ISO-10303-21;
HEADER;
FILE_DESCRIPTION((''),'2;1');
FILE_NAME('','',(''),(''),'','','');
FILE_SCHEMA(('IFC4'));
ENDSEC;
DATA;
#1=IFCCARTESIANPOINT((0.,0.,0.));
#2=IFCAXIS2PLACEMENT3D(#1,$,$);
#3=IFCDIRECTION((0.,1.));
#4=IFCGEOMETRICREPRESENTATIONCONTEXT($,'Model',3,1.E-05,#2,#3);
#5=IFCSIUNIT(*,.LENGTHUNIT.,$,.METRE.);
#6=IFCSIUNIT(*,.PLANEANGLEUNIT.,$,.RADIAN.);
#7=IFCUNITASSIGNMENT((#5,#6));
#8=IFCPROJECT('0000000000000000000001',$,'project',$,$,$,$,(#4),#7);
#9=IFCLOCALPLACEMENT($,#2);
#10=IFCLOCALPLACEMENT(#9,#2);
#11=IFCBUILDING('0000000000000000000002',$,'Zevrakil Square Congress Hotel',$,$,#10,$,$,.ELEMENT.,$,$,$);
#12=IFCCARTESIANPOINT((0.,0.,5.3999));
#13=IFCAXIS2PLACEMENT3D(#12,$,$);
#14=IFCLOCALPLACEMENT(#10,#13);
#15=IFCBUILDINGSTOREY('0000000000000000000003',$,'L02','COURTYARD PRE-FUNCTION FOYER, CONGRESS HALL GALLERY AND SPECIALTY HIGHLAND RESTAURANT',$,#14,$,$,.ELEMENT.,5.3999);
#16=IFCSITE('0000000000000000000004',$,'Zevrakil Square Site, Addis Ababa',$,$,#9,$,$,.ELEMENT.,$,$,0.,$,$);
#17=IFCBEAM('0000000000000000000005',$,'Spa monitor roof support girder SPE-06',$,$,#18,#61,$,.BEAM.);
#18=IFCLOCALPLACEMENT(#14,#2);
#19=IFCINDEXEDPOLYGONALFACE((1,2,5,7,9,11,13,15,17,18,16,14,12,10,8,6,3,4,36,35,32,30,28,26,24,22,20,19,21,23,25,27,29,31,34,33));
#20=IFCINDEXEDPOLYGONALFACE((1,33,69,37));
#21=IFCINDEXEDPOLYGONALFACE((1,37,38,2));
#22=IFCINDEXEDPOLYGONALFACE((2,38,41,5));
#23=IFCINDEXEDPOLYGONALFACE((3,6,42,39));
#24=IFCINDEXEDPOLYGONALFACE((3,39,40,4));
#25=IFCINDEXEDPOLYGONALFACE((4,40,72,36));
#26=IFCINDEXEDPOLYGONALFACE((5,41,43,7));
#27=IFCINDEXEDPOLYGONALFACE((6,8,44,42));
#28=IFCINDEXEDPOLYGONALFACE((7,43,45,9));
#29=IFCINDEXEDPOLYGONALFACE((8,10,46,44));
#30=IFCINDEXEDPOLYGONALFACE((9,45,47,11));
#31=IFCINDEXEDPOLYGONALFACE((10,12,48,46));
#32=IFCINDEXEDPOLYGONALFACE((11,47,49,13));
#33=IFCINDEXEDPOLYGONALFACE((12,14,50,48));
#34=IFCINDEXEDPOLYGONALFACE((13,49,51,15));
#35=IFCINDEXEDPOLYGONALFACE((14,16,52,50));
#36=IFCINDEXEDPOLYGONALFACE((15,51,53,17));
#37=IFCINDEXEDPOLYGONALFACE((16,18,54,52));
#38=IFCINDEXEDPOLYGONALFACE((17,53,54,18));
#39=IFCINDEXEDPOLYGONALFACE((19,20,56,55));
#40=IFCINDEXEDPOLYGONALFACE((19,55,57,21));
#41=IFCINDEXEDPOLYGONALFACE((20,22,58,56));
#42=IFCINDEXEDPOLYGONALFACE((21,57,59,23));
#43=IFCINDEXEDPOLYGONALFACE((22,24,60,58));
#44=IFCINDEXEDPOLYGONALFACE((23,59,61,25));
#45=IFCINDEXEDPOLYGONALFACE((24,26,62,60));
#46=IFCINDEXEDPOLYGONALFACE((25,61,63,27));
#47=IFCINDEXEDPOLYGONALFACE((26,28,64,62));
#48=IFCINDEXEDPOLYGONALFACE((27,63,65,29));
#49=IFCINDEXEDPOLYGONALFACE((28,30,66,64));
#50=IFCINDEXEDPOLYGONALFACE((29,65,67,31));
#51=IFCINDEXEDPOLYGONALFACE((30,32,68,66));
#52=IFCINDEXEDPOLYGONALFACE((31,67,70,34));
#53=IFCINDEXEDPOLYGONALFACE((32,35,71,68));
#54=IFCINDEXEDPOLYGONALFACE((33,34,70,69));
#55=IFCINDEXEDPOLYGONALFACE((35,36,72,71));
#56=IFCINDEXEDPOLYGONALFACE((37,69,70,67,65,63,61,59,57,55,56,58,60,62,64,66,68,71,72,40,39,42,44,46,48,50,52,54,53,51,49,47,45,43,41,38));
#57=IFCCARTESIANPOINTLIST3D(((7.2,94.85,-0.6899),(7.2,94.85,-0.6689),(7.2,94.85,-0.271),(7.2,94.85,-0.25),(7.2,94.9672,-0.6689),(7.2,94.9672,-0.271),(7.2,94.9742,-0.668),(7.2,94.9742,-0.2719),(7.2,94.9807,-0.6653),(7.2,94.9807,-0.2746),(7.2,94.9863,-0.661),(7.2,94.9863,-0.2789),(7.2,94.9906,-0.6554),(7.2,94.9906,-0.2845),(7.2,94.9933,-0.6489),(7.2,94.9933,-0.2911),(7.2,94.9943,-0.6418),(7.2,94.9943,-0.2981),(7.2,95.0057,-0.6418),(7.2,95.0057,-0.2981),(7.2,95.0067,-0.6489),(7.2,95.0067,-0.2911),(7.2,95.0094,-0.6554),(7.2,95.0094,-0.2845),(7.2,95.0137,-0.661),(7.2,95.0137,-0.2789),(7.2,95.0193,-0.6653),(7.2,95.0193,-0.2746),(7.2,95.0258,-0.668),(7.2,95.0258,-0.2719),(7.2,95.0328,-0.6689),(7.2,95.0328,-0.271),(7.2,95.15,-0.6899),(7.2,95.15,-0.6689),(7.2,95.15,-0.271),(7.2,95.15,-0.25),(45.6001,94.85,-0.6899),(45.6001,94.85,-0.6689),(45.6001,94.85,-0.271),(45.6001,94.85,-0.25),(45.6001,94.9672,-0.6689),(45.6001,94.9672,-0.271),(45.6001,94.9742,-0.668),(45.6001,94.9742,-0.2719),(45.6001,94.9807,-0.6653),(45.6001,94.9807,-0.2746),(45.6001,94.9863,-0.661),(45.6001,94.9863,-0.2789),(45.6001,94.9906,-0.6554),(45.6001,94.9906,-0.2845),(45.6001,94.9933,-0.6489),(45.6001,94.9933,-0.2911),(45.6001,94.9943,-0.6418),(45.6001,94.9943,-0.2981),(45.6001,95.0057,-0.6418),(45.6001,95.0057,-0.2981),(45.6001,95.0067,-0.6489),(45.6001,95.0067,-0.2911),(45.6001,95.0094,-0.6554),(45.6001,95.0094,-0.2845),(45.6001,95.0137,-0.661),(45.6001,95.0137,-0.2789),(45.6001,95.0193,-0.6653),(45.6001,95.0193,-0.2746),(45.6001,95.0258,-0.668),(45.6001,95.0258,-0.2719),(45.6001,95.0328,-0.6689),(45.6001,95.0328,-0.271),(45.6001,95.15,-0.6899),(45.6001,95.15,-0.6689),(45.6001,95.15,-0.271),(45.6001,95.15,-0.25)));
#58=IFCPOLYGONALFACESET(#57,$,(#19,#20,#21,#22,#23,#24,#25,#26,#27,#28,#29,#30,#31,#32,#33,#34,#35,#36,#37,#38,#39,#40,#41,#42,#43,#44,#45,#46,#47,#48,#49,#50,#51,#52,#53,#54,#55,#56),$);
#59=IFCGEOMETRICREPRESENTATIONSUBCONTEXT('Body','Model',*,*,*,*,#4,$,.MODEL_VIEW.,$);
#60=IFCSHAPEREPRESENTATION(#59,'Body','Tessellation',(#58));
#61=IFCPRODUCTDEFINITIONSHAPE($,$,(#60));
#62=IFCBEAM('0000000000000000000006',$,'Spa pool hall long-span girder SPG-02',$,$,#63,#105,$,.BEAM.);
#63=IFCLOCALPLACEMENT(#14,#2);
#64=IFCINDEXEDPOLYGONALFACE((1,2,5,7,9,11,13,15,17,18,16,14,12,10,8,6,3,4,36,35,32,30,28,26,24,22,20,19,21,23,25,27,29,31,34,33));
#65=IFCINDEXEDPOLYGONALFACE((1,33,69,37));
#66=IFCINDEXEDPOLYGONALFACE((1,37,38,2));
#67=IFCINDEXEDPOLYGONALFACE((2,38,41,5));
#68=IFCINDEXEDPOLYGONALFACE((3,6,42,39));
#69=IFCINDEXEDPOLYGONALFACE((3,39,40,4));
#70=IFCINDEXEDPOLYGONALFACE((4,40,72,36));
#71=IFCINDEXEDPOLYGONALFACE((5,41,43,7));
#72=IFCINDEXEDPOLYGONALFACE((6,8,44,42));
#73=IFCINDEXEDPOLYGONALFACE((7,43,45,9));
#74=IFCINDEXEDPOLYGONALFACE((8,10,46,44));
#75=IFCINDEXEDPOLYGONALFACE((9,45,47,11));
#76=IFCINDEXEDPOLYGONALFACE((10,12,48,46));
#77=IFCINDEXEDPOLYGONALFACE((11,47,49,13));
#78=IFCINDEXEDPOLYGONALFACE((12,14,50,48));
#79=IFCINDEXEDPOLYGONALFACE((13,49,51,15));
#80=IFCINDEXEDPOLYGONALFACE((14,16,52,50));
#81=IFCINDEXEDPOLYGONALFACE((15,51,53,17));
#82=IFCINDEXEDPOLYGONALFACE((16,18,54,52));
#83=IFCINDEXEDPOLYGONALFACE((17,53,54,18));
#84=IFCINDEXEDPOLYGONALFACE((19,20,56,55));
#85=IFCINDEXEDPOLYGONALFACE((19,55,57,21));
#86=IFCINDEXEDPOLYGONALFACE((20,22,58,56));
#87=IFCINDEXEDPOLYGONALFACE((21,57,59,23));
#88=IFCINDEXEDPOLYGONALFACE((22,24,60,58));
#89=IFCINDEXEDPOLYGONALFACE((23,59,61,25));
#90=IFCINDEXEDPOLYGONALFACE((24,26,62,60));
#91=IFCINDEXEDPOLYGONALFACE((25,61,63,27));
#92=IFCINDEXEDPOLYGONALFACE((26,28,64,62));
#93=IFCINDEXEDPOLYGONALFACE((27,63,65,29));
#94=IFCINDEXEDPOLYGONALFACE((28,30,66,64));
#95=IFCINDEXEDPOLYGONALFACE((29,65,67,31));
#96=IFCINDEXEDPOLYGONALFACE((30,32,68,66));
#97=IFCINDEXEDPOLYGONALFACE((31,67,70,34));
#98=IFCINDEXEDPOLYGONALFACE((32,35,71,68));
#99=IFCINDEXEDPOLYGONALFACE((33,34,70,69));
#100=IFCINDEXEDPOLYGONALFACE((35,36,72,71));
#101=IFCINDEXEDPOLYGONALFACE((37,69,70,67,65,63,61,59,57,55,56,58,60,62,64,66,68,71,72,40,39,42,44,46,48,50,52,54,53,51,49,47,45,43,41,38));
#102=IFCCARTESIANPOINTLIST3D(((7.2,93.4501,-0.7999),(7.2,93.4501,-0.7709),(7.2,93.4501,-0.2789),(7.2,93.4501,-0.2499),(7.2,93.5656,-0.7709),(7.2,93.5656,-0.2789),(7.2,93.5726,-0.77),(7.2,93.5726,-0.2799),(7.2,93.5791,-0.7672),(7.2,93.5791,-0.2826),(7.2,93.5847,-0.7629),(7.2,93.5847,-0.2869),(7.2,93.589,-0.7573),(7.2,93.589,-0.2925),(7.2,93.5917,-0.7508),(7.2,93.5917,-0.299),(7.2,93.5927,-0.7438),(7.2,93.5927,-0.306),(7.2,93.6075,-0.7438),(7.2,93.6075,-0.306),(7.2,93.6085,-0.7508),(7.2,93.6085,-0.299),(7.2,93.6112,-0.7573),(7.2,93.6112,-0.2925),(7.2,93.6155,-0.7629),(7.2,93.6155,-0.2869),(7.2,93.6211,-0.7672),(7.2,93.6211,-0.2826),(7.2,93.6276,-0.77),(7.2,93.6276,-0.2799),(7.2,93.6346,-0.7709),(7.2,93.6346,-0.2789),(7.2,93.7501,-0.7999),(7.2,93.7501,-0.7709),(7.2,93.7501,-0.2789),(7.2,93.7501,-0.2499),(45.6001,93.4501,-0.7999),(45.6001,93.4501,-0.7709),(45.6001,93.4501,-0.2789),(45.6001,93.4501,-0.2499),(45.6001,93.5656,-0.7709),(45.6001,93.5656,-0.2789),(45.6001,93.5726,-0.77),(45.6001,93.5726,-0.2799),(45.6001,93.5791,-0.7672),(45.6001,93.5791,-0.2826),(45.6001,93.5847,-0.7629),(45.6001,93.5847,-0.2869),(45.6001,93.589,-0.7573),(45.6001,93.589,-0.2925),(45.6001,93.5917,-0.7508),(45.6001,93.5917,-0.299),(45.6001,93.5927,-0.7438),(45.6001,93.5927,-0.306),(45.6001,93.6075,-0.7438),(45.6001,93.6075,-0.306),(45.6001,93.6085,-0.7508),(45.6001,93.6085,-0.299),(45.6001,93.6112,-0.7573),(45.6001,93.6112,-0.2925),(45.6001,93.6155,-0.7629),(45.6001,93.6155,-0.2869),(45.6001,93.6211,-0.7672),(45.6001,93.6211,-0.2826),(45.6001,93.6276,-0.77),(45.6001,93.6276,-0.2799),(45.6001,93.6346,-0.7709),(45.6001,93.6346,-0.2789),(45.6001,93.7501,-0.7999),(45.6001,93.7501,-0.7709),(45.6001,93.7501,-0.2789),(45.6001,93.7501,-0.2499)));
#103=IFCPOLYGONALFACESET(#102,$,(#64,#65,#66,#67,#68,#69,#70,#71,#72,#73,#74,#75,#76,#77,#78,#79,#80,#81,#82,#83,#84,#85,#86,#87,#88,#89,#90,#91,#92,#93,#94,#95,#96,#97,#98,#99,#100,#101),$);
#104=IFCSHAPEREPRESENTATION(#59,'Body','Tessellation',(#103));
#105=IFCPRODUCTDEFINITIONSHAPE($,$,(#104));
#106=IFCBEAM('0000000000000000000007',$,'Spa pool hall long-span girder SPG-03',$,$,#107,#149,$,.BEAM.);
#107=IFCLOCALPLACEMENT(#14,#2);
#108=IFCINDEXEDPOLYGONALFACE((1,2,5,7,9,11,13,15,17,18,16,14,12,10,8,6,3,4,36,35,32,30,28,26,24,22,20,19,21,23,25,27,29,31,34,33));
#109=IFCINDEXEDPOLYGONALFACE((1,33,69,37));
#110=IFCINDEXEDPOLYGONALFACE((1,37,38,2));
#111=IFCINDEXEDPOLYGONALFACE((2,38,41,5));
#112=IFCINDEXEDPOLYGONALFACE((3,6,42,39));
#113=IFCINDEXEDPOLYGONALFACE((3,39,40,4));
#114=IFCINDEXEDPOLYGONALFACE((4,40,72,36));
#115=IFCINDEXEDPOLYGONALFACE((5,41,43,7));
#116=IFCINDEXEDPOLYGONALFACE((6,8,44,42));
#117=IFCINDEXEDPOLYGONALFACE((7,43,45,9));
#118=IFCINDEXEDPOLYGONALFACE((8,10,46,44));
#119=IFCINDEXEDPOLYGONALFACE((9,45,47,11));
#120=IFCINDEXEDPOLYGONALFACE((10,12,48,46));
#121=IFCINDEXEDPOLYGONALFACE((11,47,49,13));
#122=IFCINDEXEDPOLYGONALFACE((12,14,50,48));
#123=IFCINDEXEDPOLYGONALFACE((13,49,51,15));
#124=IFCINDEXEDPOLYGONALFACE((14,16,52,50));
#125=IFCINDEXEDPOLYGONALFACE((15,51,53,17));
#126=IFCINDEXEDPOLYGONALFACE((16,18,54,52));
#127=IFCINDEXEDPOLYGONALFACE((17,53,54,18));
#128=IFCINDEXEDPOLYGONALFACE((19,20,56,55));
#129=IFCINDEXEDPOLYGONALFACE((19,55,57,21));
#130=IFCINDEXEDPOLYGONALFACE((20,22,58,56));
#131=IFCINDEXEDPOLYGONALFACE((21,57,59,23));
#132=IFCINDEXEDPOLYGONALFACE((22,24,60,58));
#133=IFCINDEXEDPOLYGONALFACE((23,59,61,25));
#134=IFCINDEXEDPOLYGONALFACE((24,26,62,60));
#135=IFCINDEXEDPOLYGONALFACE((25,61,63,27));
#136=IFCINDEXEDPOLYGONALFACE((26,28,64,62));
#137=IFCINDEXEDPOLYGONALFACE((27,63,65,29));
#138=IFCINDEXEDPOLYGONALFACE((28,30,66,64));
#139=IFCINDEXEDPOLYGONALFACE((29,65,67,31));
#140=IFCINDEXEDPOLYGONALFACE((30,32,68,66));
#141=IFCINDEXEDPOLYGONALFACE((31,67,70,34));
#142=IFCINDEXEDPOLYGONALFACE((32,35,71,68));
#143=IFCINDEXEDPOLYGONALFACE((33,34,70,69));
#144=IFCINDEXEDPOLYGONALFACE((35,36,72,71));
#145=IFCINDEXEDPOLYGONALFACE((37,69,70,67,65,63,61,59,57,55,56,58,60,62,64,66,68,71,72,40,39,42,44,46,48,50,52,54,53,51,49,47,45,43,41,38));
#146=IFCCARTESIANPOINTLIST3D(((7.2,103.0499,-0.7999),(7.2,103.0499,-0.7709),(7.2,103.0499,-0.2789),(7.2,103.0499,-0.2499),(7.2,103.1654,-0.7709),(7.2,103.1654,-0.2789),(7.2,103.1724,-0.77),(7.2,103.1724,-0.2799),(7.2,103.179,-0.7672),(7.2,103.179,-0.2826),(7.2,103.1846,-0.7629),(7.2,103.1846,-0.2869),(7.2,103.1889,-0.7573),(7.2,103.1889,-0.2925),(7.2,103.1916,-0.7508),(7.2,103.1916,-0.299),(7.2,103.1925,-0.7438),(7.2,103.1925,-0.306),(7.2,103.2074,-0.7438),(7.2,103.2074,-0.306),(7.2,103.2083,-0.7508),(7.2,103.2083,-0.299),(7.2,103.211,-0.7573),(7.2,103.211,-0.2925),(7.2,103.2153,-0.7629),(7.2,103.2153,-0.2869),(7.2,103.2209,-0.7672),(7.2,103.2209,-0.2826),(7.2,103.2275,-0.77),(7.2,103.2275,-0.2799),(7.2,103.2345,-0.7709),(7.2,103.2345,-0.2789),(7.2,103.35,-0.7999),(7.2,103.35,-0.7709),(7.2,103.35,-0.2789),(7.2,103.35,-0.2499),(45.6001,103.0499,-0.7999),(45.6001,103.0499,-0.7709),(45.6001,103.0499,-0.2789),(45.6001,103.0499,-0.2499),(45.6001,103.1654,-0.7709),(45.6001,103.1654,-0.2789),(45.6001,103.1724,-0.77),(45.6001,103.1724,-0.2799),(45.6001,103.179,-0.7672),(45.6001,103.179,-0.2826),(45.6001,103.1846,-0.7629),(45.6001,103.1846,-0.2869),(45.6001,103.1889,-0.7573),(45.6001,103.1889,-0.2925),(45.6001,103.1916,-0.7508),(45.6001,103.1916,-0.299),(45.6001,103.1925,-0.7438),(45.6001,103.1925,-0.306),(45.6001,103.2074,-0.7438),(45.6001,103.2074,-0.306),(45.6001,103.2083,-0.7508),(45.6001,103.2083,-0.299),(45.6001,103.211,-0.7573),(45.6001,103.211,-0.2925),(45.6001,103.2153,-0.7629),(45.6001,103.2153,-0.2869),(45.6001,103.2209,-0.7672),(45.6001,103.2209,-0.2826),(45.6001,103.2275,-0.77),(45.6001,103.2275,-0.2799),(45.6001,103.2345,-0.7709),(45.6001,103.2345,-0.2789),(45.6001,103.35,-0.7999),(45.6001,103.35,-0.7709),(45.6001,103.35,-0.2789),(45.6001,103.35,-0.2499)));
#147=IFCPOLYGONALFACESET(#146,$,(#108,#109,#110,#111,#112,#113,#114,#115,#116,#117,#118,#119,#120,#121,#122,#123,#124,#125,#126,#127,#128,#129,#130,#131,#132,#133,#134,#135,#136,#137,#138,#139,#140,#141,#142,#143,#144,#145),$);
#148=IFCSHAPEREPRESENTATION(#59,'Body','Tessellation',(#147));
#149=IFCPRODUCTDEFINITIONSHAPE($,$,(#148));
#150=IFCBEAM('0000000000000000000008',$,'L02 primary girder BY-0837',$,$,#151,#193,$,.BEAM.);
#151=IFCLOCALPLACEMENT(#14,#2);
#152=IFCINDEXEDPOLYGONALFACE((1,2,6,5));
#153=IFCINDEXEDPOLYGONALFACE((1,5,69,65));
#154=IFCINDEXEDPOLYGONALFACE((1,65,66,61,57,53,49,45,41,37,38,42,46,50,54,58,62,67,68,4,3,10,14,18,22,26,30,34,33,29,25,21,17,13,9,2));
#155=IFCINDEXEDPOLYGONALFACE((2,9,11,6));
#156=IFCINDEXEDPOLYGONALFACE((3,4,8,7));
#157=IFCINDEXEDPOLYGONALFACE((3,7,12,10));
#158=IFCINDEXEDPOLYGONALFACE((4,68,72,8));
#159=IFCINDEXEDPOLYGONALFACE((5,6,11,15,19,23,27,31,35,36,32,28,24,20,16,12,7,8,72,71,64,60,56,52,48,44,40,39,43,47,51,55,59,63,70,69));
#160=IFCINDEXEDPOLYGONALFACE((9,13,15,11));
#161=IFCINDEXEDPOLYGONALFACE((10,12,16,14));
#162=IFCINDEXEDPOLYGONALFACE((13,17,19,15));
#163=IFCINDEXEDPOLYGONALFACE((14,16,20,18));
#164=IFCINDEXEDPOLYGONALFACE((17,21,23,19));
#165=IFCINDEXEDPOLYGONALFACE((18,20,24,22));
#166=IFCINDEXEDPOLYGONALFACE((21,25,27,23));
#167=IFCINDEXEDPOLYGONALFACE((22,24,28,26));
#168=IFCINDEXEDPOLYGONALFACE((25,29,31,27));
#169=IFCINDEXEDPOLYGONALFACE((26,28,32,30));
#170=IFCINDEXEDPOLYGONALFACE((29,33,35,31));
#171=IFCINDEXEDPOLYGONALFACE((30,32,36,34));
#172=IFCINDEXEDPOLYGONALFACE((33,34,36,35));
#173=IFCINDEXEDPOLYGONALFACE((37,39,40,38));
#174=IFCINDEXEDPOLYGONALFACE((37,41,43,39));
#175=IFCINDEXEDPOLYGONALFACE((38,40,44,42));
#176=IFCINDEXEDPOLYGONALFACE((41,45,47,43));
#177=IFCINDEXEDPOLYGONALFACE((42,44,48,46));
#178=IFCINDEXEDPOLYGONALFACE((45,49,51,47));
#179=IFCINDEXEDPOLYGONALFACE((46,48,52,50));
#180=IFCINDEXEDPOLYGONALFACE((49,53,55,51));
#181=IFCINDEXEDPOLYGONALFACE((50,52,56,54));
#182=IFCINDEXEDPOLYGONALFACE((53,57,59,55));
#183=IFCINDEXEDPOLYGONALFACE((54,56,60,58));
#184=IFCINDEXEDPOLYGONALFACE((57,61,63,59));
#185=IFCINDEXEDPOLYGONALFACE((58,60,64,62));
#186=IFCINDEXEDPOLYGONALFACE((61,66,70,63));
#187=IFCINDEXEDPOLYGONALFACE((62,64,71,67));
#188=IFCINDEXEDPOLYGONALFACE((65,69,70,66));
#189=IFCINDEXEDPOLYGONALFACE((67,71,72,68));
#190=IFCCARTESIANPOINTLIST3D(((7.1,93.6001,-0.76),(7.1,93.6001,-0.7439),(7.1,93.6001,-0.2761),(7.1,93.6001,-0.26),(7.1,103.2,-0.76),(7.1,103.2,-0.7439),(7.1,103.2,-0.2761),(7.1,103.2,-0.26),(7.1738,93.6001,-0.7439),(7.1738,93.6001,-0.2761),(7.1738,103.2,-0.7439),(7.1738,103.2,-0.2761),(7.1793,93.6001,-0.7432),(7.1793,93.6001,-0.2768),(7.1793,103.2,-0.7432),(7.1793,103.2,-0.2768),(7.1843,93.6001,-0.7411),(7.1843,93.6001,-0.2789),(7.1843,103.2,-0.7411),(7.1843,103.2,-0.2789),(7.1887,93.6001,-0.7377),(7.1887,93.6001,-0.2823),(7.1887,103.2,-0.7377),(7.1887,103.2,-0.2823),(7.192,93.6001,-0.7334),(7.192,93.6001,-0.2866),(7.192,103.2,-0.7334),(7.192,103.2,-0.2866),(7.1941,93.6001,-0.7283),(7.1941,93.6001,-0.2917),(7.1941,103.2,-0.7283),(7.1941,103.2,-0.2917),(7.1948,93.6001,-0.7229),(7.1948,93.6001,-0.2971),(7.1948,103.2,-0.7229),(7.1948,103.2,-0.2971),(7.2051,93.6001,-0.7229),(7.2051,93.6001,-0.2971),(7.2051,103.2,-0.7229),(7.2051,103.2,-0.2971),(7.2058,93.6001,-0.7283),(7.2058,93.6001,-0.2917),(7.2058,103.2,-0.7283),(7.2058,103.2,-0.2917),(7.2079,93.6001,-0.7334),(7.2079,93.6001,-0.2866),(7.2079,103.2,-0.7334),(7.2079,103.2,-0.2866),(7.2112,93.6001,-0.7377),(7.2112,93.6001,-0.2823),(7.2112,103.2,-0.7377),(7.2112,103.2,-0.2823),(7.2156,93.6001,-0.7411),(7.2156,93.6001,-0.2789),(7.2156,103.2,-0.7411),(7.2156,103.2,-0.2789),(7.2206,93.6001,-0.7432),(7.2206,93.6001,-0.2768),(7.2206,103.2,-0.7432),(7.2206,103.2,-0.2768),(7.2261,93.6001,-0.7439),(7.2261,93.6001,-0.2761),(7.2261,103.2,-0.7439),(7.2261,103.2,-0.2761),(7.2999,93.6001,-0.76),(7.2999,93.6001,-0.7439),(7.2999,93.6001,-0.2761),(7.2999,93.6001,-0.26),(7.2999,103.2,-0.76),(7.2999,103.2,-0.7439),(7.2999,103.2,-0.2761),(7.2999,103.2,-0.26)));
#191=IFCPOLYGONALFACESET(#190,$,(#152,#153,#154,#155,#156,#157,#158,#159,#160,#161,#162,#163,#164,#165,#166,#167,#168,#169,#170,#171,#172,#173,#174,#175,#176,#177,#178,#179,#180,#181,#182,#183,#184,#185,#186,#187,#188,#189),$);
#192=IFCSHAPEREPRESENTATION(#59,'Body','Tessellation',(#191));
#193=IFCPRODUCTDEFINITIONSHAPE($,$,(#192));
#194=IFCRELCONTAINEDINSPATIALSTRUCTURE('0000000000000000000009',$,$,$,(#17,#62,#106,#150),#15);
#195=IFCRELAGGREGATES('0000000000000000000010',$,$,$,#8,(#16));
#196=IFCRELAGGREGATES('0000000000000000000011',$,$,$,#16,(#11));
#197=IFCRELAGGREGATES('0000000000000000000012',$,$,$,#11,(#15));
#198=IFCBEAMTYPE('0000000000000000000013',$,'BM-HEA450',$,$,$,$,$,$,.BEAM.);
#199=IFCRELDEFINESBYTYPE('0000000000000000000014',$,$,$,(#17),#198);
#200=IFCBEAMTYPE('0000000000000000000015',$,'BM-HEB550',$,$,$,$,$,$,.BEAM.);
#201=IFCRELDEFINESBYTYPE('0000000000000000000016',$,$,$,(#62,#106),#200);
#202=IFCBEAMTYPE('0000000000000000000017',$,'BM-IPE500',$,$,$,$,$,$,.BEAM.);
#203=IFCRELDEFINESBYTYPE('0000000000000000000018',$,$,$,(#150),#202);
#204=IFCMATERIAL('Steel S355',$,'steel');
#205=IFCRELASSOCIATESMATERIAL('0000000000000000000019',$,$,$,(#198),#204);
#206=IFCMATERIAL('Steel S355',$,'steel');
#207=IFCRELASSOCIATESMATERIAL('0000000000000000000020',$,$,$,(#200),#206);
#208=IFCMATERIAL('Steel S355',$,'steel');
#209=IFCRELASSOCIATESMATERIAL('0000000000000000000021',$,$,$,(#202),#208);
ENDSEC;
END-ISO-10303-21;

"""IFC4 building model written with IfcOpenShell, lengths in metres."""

from ifc_helpers import new_model, si_unit, direction, frame, origin, origin_2d, place, context, subcontext, project, spatial, i_section, extrude, material, material_profile, profile_set, type_object, element, save


model = new_model("IFC4")

# Units and contexts
model_context = context("Model", 3, precision=1e-05, world=origin(), true_north=direction((0.0, 1.0)))
body_context = subcontext(model_context, "Body", "Model", "MODEL_VIEW")
ifc_project = project(units=[si_unit("LENGTHUNIT", "METRE"), si_unit("PLANEANGLEUNIT", "RADIAN")], contexts=[model_context])

# Site, building, storey
site_placement = place(None, origin())
site = spatial("IfcSite", under=ifc_project, at=site_placement, Name="Zevrakil Square Site, Addis Ababa", CompositionType="ELEMENT", RefElevation=0.0)
building_placement = place(site_placement, origin())
building = spatial("IfcBuilding", under=site, at=building_placement, Name="Zevrakil Square Congress Hotel", CompositionType="ELEMENT")
storey_placement = place(building_placement, frame((0.0, 0.0, 5.3999)))
storey = spatial("IfcBuildingStorey", under=building, at=storey_placement, Name="L02", Description="COURTYARD PRE-FUNCTION FOYER, CONGRESS HALL GALLERY AND SPECIALTY HIGHLAND RESTAURANT", CompositionType="ELEMENT", Elevation=5.3999)

# Beams
ifc_material_1 = material(Name="Steel S355", Category="steel")
ifc_material_profile_1 = material_profile(ifc_material_1, i_section(OverallWidth=0.3, OverallDepth=0.4399, WebThickness=0.0115, FlangeThickness=0.021, FilletRadius=0.0271, at=origin_2d()), Name="HEA 450")
ifc_profile_set_1 = profile_set([ifc_material_profile_1], Name="Steel S355")
beam_type_1 = type_object("IfcBeamType", Name="BM-HEA450", PredefinedType="BEAM", material=ifc_profile_set_1)
for number, where, z_axis, x_axis, name in (
    (1, (7.2, 95.0, -0.47), (1.0, 0.0, 0.0), (0.0, 1.0, 0.0), "Spa monitor roof support girder SPE-06"),
):
    element("IfcBeam", number, at=place(storey_placement, frame(where, z_axis=z_axis, x_axis=x_axis)), inside=storey, type_object=beam_type_1, Name=name, PredefinedType="BEAM", context=body_context, shape_type="SweptSolid", body=[
        extrude(i_section(OverallWidth=0.3, OverallDepth=0.4399, WebThickness=0.0115, FlangeThickness=0.021, FilletRadius=0.0271, at=origin_2d()), origin(), (0.0, 0.0, 1.0), 38.4001),
    ])
ifc_material_2 = material(Name="Steel S355", Category="steel")
ifc_material_profile_2 = material_profile(ifc_material_2, i_section(OverallWidth=0.3, OverallDepth=0.55, WebThickness=0.0149, FlangeThickness=0.0291, FilletRadius=0.0271, at=origin_2d()), Name="HEB 550")
ifc_profile_set_2 = profile_set([ifc_material_profile_2], Name="Steel S355")
beam_type_2 = type_object("IfcBeamType", Name="BM-HEB550", PredefinedType="BEAM", material=ifc_profile_set_2)
for number, where, z_axis, x_axis, name in (
    (2, (7.2, 93.6001, -0.5249), (1.0, 0.0, 0.0), (0.0, 1.0, 0.0), "Spa pool hall long-span girder SPG-02"),
    (3, (7.2, 103.2, -0.5249), (1.0, 0.0, 0.0), (0.0, 1.0, 0.0), "Spa pool hall long-span girder SPG-03"),
):
    element("IfcBeam", number, at=place(storey_placement, frame(where, z_axis=z_axis, x_axis=x_axis)), inside=storey, type_object=beam_type_2, Name=name, PredefinedType="BEAM", context=body_context, shape_type="SweptSolid", body=[
        extrude(i_section(OverallWidth=0.3, OverallDepth=0.55, WebThickness=0.0149, FlangeThickness=0.0291, FilletRadius=0.0271, at=origin_2d()), origin(), (0.0, 0.0, 1.0), 38.4001),
    ])
ifc_material_3 = material(Name="Steel S355", Category="steel")
ifc_material_profile_3 = material_profile(ifc_material_3, i_section(OverallWidth=0.2, OverallDepth=0.5, WebThickness=0.0103, FlangeThickness=0.0161, FilletRadius=0.021, at=origin_2d()), Name="IPE 500")
ifc_profile_set_3 = profile_set([ifc_material_profile_3], Name="Steel S355")
beam_type_3 = type_object("IfcBeamType", Name="BM-IPE500", PredefinedType="BEAM", material=ifc_profile_set_3)
beam_1_placement = place(storey_placement, frame((7.2, 93.6001, -0.51), z_axis=(0.0, 1.0, 0.0), x_axis=(-1.0, 0.0, 0.0)))
element("IfcBeam", 4, at=beam_1_placement, inside=storey, type_object=beam_type_3, Name="L02 primary girder BY-0837", PredefinedType="BEAM", context=body_context, shape_type="SweptSolid", body=[
    extrude(i_section(OverallWidth=0.2, OverallDepth=0.5, WebThickness=0.0103, FlangeThickness=0.0161, FilletRadius=0.021, at=origin_2d()), origin(), (0.0, 0.0, 1.0), 9.5999),
])

save(model, "model.ifc")
